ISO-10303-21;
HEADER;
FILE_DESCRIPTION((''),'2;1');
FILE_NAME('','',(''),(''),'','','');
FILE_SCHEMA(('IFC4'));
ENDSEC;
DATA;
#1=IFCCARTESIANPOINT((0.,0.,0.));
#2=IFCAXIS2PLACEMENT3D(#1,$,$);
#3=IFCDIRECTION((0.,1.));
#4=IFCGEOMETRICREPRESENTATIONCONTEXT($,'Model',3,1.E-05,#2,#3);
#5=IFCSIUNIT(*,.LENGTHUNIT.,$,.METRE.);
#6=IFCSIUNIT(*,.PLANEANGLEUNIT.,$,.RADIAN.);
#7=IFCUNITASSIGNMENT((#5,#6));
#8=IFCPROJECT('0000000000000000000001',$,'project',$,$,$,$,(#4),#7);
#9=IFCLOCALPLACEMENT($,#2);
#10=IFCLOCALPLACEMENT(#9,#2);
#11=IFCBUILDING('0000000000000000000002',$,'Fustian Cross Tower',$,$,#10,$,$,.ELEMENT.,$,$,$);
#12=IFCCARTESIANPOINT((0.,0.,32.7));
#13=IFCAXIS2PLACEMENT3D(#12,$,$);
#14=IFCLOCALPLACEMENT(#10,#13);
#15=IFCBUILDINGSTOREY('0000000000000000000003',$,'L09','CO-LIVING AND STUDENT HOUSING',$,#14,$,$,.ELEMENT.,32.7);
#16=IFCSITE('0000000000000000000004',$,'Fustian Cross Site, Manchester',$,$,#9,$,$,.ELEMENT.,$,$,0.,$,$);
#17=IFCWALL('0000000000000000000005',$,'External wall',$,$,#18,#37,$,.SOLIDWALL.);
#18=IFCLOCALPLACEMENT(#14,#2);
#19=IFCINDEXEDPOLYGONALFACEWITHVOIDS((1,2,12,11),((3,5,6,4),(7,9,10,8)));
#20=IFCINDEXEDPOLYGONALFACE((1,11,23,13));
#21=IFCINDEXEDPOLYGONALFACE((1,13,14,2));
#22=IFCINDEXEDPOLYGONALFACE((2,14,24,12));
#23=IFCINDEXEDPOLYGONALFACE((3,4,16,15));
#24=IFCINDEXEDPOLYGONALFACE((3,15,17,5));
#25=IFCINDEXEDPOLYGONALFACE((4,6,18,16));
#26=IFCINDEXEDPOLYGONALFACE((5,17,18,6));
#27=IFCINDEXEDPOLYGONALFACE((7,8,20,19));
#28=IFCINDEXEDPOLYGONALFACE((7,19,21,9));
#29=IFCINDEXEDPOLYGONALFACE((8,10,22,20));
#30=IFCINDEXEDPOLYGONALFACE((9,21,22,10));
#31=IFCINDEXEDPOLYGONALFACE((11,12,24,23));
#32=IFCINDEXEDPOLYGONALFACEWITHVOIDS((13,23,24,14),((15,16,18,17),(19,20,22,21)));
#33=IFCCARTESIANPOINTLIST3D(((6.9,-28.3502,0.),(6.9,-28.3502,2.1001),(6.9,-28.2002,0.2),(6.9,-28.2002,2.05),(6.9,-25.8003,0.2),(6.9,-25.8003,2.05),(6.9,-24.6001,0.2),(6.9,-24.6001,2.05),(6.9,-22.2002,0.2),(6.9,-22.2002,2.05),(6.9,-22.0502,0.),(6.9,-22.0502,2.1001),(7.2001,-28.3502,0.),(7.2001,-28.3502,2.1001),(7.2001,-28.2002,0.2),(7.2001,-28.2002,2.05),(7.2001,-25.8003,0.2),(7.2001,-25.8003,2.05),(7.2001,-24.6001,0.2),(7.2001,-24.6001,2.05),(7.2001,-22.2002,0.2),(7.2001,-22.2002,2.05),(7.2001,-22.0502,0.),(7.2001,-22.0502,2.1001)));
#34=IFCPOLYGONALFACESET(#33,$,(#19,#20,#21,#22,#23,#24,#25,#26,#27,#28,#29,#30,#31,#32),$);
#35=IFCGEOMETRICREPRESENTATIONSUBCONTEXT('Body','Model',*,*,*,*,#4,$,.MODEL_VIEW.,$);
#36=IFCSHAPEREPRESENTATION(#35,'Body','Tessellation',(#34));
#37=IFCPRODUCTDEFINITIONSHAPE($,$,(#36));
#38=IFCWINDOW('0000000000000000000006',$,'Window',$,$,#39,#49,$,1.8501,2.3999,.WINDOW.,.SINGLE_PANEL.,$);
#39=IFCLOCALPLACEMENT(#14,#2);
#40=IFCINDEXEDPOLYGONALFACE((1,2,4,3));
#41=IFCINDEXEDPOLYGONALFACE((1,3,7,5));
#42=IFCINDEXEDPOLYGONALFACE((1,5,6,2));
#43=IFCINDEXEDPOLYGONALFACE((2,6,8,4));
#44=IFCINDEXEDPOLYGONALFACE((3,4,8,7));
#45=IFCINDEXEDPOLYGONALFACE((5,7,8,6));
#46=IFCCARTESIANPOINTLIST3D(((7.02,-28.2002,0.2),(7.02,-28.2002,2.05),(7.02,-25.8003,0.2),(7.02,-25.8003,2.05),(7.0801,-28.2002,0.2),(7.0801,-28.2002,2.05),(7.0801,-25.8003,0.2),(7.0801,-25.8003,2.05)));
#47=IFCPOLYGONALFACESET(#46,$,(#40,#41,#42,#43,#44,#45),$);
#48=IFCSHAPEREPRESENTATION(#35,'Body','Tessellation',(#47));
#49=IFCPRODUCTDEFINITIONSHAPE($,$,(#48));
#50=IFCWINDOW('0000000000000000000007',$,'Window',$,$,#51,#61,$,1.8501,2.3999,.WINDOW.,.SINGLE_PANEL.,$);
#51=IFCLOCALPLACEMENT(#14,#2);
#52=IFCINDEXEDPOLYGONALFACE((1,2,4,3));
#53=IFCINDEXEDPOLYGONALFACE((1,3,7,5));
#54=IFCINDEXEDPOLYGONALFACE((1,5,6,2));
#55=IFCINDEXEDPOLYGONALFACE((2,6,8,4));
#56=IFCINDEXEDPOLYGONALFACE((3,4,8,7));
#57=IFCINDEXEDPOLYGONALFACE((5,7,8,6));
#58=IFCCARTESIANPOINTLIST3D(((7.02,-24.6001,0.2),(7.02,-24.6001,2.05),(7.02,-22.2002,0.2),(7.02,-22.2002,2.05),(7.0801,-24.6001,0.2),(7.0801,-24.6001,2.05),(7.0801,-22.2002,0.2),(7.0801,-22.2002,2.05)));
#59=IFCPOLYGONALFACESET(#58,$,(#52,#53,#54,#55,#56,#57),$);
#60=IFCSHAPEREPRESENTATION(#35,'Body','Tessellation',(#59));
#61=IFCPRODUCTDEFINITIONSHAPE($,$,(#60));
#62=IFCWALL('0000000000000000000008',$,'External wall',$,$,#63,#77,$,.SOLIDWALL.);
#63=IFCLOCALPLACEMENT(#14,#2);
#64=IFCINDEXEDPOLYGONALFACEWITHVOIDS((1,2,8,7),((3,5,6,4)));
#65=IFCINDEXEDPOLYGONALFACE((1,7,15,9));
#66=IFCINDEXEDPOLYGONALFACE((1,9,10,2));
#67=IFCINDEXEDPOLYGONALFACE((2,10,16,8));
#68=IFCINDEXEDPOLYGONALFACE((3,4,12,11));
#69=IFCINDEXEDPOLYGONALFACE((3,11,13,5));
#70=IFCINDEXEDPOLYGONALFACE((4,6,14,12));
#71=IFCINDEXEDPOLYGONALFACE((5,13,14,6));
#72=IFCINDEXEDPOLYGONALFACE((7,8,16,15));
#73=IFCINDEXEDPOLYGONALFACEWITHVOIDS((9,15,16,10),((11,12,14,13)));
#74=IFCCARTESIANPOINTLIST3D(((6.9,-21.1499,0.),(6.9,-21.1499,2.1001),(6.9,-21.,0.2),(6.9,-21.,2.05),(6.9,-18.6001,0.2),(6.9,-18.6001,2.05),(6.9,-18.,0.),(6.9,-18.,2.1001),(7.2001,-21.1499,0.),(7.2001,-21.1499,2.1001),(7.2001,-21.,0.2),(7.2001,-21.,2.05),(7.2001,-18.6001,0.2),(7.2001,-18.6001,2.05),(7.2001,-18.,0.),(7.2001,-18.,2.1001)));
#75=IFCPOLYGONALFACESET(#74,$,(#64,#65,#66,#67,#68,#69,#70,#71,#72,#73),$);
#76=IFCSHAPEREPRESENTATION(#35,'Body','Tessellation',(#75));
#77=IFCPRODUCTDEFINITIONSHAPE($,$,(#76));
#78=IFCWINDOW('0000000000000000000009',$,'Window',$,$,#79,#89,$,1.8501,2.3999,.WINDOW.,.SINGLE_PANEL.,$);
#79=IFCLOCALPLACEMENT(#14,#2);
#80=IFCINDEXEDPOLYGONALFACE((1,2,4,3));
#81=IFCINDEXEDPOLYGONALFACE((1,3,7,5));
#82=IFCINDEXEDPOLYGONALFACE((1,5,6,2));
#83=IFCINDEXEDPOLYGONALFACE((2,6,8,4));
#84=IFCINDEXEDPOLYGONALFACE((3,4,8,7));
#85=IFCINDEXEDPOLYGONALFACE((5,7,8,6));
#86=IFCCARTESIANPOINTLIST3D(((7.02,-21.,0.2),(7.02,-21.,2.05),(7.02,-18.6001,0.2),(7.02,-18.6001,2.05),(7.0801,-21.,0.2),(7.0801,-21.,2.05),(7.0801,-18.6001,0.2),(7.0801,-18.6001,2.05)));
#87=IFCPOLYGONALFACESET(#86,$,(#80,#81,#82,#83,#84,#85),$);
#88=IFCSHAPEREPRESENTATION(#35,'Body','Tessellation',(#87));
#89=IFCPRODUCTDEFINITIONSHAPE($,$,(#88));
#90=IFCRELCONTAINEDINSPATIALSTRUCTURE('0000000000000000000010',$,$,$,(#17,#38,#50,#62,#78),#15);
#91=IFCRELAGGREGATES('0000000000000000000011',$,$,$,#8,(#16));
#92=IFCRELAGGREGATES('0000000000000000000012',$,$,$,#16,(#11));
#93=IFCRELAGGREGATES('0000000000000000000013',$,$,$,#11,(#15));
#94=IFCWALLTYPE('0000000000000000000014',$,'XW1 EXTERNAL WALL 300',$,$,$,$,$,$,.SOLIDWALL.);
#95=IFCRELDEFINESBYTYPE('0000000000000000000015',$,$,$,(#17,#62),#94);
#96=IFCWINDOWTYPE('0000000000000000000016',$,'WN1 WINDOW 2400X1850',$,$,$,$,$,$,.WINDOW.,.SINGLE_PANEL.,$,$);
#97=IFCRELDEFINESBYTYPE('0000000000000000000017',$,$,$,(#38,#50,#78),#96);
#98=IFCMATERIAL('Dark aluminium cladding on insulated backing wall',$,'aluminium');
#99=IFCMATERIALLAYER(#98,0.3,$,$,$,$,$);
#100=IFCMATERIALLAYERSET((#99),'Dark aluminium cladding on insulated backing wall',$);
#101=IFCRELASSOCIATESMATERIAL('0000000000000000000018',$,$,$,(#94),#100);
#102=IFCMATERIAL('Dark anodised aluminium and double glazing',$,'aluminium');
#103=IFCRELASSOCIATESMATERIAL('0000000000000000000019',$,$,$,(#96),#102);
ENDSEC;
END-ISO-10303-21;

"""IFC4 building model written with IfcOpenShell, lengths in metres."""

from ifc_helpers import new_model, si_unit, direction, frame, frame_2d, origin, place, context, subcontext, project, spatial, rectangle, extrude, material, layer, layer_set, type_object, element, fill, save


model = new_model("IFC4")

# Units and contexts
model_context = context("Model", 3, precision=1e-05, world=origin(), true_north=direction((0.0, 1.0)))
body_context = subcontext(model_context, "Body", "Model", "MODEL_VIEW")
ifc_project = project(units=[si_unit("LENGTHUNIT", "METRE"), si_unit("PLANEANGLEUNIT", "RADIAN")], contexts=[model_context])

# Site, building, storey
site_placement = place(None, origin())
site = spatial("IfcSite", under=ifc_project, at=site_placement, Name="Fustian Cross Site, Manchester", CompositionType="ELEMENT", RefElevation=0.0)
building_placement = place(site_placement, origin())
building = spatial("IfcBuilding", under=site, at=building_placement, Name="Fustian Cross Tower", CompositionType="ELEMENT")
storey_placement = place(building_placement, frame((0.0, 0.0, 32.7)))
storey = spatial("IfcBuildingStorey", under=building, at=storey_placement, Name="L09", Description="CO-LIVING AND STUDENT HOUSING", CompositionType="ELEMENT", Elevation=32.7)

# Wall, openings, windows
ifc_material_1 = material(Name="Dark aluminium cladding on insulated backing wall", Category="aluminium")
ifc_layer_1 = layer(ifc_material_1, 0.3)
ifc_layer_set_1 = layer_set([ifc_layer_1], Name="Dark aluminium cladding on insulated backing wall")
wall_type_1 = type_object("IfcWallType", Name="XW1 EXTERNAL WALL 300", PredefinedType="SOLIDWALL", material=ifc_layer_set_1)
wall_1_placement = place(storey_placement, frame((7.05, -28.3501, 0.0), z_axis=(0.0, 0.0, 1.0), x_axis=(0.0, 1.0, 0.0)))
wall_1 = element("IfcWall", 1, at=wall_1_placement, inside=storey, type_object=wall_type_1, Name="External wall", PredefinedType="SOLIDWALL", context=body_context, shape_type="SweptSolid", body=[
    extrude(rectangle(XDim=6.3, YDim=0.3, at=frame_2d((3.1499, 0.0))), origin(), (0.0, 0.0, 1.0), 2.1001),
])
opening_1_placement = place(wall_1_placement, frame((0.1499, 0.0, 0.2)))
opening_1 = element("IfcOpeningElement", 2, at=opening_1_placement, cuts=wall_1, PredefinedType="OPENING", context=body_context, shape_type="SweptSolid", body=[
    extrude(rectangle(XDim=2.3999, YDim=1.8501, at=frame_2d((1.2, 0.925))), frame((0.0, 0.1599, 0.0), z_axis=(0.0, -1.0, 0.0), x_axis=(1.0, 0.0, 0.0)), (0.0, 0.0, 1.0), 0.3201),
])
opening_2_placement = place(wall_1_placement, frame((3.75, 0.0, 0.2)))
opening_2 = element("IfcOpeningElement", 3, at=opening_2_placement, cuts=wall_1, PredefinedType="OPENING", context=body_context, shape_type="SweptSolid", body=[
    extrude(rectangle(XDim=2.3999, YDim=1.8501, at=frame_2d((1.2, 0.925))), frame((0.0, 0.1599, 0.0), z_axis=(0.0, -1.0, 0.0), x_axis=(1.0, 0.0, 0.0)), (0.0, 0.0, 1.0), 0.3201),
])
ifc_material_2 = material(Name="Dark anodised aluminium and double glazing", Category="aluminium")
window_type = type_object("IfcWindowType", Name="WN1 WINDOW 2400X1850", PartitioningType="SINGLE_PANEL", PredefinedType="WINDOW", material=ifc_material_2)
window_1_placement = place(opening_1_placement, origin())
window_1 = element("IfcWindow", 4, at=window_1_placement, inside=storey, type_object=window_type, Name="Window", OverallHeight=1.8501, OverallWidth=2.3999, PartitioningType="SINGLE_PANEL", PredefinedType="WINDOW", context=body_context, shape_type="SweptSolid", body=[
    extrude(rectangle(XDim=2.3999, YDim=1.8501, at=frame_2d((1.2, 0.925))), frame((0.0, 0.03, 0.0), z_axis=(0.0, -1.0, 0.0), x_axis=(1.0, 0.0, 0.0)), (0.0, 0.0, 1.0), 0.0601),
])
fill(opening_1, window_1)
window_2_placement = place(opening_2_placement, origin())
window_2 = element("IfcWindow", 5, at=window_2_placement, inside=storey, type_object=window_type, Name="Window", OverallHeight=1.8501, OverallWidth=2.3999, PartitioningType="SINGLE_PANEL", PredefinedType="WINDOW", context=body_context, shape_type="SweptSolid", body=[
    extrude(rectangle(XDim=2.3999, YDim=1.8501, at=frame_2d((1.2, 0.925))), frame((0.0, 0.03, 0.0), z_axis=(0.0, -1.0, 0.0), x_axis=(1.0, 0.0, 0.0)), (0.0, 0.0, 1.0), 0.0601),
])
fill(opening_2, window_2)

# Wall, opening, window
wall_2_placement = place(storey_placement, frame((7.05, -21.1499, 0.0), z_axis=(0.0, 0.0, 1.0), x_axis=(0.0, 1.0, 0.0)))
wall_2 = element("IfcWall", 6, at=wall_2_placement, inside=storey, type_object=wall_type_1, Name="External wall", PredefinedType="SOLIDWALL", context=body_context, shape_type="SweptSolid", body=[
    extrude(rectangle(XDim=3.1499, YDim=0.3, at=frame_2d((1.575, 0.0))), origin(), (0.0, 0.0, 1.0), 2.1001),
])
opening_3_placement = place(wall_2_placement, frame((0.1499, 0.0, 0.2)))
opening_3 = element("IfcOpeningElement", 7, at=opening_3_placement, cuts=wall_2, PredefinedType="OPENING", context=body_context, shape_type="SweptSolid", body=[
    extrude(rectangle(XDim=2.3999, YDim=1.8501, at=frame_2d((1.2, 0.925))), frame((0.0, 0.1599, 0.0), z_axis=(0.0, -1.0, 0.0), x_axis=(1.0, 0.0, 0.0)), (0.0, 0.0, 1.0), 0.3201),
])
window_3_placement = place(opening_3_placement, origin())
window_3 = element("IfcWindow", 8, at=window_3_placement, inside=storey, type_object=window_type, Name="Window", OverallHeight=1.8501, OverallWidth=2.3999, PartitioningType="SINGLE_PANEL", PredefinedType="WINDOW", context=body_context, shape_type="SweptSolid", body=[
    extrude(rectangle(XDim=2.3999, YDim=1.8501, at=frame_2d((1.2, 0.925))), frame((0.0, 0.03, 0.0), z_axis=(0.0, -1.0, 0.0), x_axis=(1.0, 0.0, 0.0)), (0.0, 0.0, 1.0), 0.0601),
])
fill(opening_3, window_3)

save(model, "model.ifc")
